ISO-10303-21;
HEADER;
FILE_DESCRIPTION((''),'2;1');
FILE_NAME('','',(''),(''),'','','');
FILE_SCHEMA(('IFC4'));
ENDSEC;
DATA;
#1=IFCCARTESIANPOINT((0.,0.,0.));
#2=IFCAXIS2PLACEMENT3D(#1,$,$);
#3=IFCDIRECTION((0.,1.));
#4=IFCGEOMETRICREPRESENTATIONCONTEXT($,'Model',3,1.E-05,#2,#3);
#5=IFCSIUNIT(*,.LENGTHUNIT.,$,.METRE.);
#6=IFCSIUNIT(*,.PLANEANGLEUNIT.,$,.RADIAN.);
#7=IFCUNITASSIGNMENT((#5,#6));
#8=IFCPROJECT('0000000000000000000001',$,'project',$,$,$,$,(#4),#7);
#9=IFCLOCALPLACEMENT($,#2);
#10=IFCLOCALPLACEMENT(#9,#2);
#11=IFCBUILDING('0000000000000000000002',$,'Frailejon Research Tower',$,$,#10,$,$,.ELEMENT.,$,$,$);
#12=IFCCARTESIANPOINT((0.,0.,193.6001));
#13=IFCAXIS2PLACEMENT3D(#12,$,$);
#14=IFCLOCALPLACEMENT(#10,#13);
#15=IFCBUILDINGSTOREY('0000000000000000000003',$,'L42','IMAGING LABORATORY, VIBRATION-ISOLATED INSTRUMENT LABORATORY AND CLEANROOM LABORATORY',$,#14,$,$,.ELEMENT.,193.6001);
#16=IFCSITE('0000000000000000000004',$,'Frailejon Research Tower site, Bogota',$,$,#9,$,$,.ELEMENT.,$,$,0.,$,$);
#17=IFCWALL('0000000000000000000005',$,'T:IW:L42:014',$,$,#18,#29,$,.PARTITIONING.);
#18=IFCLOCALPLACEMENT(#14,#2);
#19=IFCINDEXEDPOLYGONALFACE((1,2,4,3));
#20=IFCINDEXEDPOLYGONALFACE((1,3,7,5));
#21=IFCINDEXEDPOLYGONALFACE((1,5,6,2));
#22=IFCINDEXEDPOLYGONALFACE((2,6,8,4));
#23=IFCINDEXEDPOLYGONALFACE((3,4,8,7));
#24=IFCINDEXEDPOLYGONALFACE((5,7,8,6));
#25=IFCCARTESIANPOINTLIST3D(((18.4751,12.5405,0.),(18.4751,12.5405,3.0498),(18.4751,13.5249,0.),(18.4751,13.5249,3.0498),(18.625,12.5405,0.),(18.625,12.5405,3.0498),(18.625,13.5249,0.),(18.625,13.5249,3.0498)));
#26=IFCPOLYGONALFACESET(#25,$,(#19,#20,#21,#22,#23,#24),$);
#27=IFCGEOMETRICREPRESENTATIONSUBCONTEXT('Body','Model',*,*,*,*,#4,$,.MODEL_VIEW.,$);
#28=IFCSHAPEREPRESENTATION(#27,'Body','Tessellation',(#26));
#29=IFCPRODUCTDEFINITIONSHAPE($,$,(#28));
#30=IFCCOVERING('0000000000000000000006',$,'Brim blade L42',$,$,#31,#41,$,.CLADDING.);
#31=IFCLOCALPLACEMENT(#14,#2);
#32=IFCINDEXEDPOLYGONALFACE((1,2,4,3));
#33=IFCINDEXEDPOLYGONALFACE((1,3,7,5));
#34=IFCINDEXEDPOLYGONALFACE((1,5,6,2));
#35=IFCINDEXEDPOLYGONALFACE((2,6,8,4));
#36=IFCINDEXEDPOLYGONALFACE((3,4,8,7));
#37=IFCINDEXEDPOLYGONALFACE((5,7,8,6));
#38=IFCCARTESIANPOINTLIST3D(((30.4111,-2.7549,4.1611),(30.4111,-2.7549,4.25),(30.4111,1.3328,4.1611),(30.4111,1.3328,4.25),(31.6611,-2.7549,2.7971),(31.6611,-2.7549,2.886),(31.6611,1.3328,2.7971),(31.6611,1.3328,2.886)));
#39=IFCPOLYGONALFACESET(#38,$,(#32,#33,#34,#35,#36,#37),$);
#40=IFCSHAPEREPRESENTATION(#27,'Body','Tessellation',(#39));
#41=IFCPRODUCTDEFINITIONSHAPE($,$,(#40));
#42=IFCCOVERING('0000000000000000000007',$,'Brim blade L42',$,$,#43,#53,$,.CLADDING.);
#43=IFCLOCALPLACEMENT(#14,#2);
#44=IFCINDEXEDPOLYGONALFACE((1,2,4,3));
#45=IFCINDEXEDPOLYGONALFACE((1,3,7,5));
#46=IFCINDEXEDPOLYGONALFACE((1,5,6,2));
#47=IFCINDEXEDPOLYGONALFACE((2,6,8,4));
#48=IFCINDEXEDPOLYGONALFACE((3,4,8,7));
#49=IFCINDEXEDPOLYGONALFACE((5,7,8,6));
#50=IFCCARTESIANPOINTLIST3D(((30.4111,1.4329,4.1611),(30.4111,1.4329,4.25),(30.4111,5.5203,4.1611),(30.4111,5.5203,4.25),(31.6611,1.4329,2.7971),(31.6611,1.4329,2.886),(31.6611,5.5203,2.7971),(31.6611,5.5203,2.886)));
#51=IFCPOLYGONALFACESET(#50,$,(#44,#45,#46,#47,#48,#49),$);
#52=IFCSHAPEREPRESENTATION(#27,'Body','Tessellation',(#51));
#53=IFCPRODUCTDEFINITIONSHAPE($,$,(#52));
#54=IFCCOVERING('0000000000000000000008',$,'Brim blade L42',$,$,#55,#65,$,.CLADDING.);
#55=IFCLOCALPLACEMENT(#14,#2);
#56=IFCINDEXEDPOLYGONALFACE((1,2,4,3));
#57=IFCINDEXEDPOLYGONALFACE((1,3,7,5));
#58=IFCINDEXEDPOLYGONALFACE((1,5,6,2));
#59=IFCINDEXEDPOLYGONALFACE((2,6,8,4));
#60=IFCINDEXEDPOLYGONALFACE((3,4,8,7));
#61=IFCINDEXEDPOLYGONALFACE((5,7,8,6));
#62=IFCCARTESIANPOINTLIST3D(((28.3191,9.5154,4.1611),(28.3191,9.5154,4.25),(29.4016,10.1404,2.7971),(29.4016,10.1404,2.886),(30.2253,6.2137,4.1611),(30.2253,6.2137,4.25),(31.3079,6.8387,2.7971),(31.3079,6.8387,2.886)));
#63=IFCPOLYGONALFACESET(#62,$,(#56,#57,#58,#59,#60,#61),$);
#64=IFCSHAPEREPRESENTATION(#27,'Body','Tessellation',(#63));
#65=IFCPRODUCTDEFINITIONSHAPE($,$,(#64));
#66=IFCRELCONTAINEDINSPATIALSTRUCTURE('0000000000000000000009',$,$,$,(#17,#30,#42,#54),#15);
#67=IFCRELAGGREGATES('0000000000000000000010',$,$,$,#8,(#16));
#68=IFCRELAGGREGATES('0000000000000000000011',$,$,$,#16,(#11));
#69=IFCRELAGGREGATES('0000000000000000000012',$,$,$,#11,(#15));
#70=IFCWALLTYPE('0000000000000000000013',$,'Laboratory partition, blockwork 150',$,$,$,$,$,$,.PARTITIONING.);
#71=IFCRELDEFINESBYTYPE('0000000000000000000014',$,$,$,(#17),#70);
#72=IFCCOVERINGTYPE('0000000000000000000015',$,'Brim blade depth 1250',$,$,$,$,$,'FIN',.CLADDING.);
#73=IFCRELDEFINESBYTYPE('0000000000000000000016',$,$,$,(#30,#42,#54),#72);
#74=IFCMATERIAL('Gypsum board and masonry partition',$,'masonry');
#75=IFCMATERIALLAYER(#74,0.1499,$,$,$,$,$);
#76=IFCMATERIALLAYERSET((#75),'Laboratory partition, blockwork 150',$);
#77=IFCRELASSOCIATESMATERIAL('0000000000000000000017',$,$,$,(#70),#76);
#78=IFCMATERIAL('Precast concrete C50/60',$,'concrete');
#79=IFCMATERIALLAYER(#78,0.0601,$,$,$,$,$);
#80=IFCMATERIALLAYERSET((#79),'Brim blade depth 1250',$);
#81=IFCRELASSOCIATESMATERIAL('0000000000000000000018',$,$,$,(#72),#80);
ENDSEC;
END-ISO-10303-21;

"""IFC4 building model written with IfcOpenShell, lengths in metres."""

from ifc_helpers import new_model, si_unit, direction, frame, frame_2d, origin, place, context, subcontext, project, spatial, polyline, rectangle, outline, extrude, material, layer, layer_set, type_object, element, save


model = new_model("IFC4")

# Units and contexts
model_context = context("Model", 3, precision=1e-05, world=origin(), true_north=direction((0.0, 1.0)))
body_context = subcontext(model_context, "Body", "Model", "MODEL_VIEW")
ifc_project = project(units=[si_unit("LENGTHUNIT", "METRE"), si_unit("PLANEANGLEUNIT", "RADIAN")], contexts=[model_context])

# Site, building, storey
site_placement = place(None, origin())
site = spatial("IfcSite", under=ifc_project, at=site_placement, Name="Frailejon Research Tower site, Bogota", CompositionType="ELEMENT", RefElevation=0.0)
building_placement = place(site_placement, origin())
building = spatial("IfcBuilding", under=site, at=building_placement, Name="Frailejon Research Tower", CompositionType="ELEMENT")
storey_placement = place(building_placement, frame((0.0, 0.0, 193.6001)))
storey = spatial("IfcBuildingStorey", under=building, at=storey_placement, Name="L42", Description="IMAGING LABORATORY, VIBRATION-ISOLATED INSTRUMENT LABORATORY AND CLEANROOM LABORATORY", CompositionType="ELEMENT", Elevation=193.6001)

# Wall
ifc_material_1 = material(Name="Gypsum board and masonry partition", Category="masonry")
ifc_layer_1 = layer(ifc_material_1, 0.1499)
ifc_layer_set_1 = layer_set([ifc_layer_1], Name="Laboratory partition, blockwork 150")
wall_type_1 = type_object("IfcWallType", Name="Laboratory partition, blockwork 150", PredefinedType="PARTITIONING", material=ifc_layer_set_1)
wall_1_placement = place(storey_placement, frame((18.55, 12.5405, 0.0), z_axis=(0.0, 0.0, 1.0), x_axis=(0.0, 1.0, 0.0)))
element("IfcWall", 1, at=wall_1_placement, inside=storey, type_object=wall_type_1, Name="T:IW:L42:014", PredefinedType="PARTITIONING", context=body_context, shape_type="SweptSolid", body=[
    extrude(rectangle(XDim=0.9844, YDim=0.1499, at=frame_2d((0.4922, 0.0))), origin(), (0.0, 0.0, 1.0), 3.0498),
])

# Coverings
ifc_material_2 = material(Name="Precast concrete C50/60", Category="concrete")
ifc_layer_2 = layer(ifc_material_2, 0.0601)
ifc_layer_set_2 = layer_set([ifc_layer_2], Name="Brim blade depth 1250")
covering_type = type_object("IfcCoveringType", Name="Brim blade depth 1250", ElementType="FIN", PredefinedType="CLADDING", material=ifc_layer_set_2)
covering_1_placement = place(storey_placement, frame((30.4111, 1.3328, 4.25), z_axis=(0.0, -1.0, 0.0), x_axis=(1.0, 0.0, 0.0)))
element("IfcCovering", 2, at=covering_1_placement, inside=storey, type_object=covering_type, Name="Brim blade L42", PredefinedType="CLADDING", context=body_context, shape_type="SweptSolid", body=[
    extrude(outline(polyline([(0.0, -0.0889), (1.25, -1.4529), (1.25, -1.364), (0.0, 0.0), (0.0, -0.0889)])), origin(), (0.0, 0.0, 1.0), 4.0876),
])
covering_2_placement = place(storey_placement, frame((30.4111, 5.5203, 4.25), z_axis=(0.0, -1.0, 0.0), x_axis=(1.0, 0.0, 0.0)))
element("IfcCovering", 3, at=covering_2_placement, inside=storey, type_object=covering_type, Name="Brim blade L42", PredefinedType="CLADDING", context=body_context, shape_type="SweptSolid", body=[
    extrude(outline(polyline([(0.0, -0.0889), (1.25, -1.4529), (1.25, -1.364), (0.0, 0.0), (0.0, -0.0889)])), origin(), (0.0, 0.0, 1.0), 4.0874),
])
covering_3_placement = place(storey_placement, frame((28.3191, 9.5154, 4.25), z_axis=(0.500001, -0.866025, 0.0), x_axis=(0.866025, 0.500001, 0.0)))
element("IfcCovering", 4, at=covering_3_placement, inside=storey, type_object=covering_type, Name="Brim blade L42", PredefinedType="CLADDING", context=body_context, shape_type="SweptSolid", body=[
    extrude(outline(polyline([(0.0, -0.0889), (1.25, -1.4529), (1.25, -1.364), (0.0, 0.0), (0.0, -0.0889)])), origin(), (0.0, 0.0, 1.0), 3.8125),
])

save(model, "model.ifc")
